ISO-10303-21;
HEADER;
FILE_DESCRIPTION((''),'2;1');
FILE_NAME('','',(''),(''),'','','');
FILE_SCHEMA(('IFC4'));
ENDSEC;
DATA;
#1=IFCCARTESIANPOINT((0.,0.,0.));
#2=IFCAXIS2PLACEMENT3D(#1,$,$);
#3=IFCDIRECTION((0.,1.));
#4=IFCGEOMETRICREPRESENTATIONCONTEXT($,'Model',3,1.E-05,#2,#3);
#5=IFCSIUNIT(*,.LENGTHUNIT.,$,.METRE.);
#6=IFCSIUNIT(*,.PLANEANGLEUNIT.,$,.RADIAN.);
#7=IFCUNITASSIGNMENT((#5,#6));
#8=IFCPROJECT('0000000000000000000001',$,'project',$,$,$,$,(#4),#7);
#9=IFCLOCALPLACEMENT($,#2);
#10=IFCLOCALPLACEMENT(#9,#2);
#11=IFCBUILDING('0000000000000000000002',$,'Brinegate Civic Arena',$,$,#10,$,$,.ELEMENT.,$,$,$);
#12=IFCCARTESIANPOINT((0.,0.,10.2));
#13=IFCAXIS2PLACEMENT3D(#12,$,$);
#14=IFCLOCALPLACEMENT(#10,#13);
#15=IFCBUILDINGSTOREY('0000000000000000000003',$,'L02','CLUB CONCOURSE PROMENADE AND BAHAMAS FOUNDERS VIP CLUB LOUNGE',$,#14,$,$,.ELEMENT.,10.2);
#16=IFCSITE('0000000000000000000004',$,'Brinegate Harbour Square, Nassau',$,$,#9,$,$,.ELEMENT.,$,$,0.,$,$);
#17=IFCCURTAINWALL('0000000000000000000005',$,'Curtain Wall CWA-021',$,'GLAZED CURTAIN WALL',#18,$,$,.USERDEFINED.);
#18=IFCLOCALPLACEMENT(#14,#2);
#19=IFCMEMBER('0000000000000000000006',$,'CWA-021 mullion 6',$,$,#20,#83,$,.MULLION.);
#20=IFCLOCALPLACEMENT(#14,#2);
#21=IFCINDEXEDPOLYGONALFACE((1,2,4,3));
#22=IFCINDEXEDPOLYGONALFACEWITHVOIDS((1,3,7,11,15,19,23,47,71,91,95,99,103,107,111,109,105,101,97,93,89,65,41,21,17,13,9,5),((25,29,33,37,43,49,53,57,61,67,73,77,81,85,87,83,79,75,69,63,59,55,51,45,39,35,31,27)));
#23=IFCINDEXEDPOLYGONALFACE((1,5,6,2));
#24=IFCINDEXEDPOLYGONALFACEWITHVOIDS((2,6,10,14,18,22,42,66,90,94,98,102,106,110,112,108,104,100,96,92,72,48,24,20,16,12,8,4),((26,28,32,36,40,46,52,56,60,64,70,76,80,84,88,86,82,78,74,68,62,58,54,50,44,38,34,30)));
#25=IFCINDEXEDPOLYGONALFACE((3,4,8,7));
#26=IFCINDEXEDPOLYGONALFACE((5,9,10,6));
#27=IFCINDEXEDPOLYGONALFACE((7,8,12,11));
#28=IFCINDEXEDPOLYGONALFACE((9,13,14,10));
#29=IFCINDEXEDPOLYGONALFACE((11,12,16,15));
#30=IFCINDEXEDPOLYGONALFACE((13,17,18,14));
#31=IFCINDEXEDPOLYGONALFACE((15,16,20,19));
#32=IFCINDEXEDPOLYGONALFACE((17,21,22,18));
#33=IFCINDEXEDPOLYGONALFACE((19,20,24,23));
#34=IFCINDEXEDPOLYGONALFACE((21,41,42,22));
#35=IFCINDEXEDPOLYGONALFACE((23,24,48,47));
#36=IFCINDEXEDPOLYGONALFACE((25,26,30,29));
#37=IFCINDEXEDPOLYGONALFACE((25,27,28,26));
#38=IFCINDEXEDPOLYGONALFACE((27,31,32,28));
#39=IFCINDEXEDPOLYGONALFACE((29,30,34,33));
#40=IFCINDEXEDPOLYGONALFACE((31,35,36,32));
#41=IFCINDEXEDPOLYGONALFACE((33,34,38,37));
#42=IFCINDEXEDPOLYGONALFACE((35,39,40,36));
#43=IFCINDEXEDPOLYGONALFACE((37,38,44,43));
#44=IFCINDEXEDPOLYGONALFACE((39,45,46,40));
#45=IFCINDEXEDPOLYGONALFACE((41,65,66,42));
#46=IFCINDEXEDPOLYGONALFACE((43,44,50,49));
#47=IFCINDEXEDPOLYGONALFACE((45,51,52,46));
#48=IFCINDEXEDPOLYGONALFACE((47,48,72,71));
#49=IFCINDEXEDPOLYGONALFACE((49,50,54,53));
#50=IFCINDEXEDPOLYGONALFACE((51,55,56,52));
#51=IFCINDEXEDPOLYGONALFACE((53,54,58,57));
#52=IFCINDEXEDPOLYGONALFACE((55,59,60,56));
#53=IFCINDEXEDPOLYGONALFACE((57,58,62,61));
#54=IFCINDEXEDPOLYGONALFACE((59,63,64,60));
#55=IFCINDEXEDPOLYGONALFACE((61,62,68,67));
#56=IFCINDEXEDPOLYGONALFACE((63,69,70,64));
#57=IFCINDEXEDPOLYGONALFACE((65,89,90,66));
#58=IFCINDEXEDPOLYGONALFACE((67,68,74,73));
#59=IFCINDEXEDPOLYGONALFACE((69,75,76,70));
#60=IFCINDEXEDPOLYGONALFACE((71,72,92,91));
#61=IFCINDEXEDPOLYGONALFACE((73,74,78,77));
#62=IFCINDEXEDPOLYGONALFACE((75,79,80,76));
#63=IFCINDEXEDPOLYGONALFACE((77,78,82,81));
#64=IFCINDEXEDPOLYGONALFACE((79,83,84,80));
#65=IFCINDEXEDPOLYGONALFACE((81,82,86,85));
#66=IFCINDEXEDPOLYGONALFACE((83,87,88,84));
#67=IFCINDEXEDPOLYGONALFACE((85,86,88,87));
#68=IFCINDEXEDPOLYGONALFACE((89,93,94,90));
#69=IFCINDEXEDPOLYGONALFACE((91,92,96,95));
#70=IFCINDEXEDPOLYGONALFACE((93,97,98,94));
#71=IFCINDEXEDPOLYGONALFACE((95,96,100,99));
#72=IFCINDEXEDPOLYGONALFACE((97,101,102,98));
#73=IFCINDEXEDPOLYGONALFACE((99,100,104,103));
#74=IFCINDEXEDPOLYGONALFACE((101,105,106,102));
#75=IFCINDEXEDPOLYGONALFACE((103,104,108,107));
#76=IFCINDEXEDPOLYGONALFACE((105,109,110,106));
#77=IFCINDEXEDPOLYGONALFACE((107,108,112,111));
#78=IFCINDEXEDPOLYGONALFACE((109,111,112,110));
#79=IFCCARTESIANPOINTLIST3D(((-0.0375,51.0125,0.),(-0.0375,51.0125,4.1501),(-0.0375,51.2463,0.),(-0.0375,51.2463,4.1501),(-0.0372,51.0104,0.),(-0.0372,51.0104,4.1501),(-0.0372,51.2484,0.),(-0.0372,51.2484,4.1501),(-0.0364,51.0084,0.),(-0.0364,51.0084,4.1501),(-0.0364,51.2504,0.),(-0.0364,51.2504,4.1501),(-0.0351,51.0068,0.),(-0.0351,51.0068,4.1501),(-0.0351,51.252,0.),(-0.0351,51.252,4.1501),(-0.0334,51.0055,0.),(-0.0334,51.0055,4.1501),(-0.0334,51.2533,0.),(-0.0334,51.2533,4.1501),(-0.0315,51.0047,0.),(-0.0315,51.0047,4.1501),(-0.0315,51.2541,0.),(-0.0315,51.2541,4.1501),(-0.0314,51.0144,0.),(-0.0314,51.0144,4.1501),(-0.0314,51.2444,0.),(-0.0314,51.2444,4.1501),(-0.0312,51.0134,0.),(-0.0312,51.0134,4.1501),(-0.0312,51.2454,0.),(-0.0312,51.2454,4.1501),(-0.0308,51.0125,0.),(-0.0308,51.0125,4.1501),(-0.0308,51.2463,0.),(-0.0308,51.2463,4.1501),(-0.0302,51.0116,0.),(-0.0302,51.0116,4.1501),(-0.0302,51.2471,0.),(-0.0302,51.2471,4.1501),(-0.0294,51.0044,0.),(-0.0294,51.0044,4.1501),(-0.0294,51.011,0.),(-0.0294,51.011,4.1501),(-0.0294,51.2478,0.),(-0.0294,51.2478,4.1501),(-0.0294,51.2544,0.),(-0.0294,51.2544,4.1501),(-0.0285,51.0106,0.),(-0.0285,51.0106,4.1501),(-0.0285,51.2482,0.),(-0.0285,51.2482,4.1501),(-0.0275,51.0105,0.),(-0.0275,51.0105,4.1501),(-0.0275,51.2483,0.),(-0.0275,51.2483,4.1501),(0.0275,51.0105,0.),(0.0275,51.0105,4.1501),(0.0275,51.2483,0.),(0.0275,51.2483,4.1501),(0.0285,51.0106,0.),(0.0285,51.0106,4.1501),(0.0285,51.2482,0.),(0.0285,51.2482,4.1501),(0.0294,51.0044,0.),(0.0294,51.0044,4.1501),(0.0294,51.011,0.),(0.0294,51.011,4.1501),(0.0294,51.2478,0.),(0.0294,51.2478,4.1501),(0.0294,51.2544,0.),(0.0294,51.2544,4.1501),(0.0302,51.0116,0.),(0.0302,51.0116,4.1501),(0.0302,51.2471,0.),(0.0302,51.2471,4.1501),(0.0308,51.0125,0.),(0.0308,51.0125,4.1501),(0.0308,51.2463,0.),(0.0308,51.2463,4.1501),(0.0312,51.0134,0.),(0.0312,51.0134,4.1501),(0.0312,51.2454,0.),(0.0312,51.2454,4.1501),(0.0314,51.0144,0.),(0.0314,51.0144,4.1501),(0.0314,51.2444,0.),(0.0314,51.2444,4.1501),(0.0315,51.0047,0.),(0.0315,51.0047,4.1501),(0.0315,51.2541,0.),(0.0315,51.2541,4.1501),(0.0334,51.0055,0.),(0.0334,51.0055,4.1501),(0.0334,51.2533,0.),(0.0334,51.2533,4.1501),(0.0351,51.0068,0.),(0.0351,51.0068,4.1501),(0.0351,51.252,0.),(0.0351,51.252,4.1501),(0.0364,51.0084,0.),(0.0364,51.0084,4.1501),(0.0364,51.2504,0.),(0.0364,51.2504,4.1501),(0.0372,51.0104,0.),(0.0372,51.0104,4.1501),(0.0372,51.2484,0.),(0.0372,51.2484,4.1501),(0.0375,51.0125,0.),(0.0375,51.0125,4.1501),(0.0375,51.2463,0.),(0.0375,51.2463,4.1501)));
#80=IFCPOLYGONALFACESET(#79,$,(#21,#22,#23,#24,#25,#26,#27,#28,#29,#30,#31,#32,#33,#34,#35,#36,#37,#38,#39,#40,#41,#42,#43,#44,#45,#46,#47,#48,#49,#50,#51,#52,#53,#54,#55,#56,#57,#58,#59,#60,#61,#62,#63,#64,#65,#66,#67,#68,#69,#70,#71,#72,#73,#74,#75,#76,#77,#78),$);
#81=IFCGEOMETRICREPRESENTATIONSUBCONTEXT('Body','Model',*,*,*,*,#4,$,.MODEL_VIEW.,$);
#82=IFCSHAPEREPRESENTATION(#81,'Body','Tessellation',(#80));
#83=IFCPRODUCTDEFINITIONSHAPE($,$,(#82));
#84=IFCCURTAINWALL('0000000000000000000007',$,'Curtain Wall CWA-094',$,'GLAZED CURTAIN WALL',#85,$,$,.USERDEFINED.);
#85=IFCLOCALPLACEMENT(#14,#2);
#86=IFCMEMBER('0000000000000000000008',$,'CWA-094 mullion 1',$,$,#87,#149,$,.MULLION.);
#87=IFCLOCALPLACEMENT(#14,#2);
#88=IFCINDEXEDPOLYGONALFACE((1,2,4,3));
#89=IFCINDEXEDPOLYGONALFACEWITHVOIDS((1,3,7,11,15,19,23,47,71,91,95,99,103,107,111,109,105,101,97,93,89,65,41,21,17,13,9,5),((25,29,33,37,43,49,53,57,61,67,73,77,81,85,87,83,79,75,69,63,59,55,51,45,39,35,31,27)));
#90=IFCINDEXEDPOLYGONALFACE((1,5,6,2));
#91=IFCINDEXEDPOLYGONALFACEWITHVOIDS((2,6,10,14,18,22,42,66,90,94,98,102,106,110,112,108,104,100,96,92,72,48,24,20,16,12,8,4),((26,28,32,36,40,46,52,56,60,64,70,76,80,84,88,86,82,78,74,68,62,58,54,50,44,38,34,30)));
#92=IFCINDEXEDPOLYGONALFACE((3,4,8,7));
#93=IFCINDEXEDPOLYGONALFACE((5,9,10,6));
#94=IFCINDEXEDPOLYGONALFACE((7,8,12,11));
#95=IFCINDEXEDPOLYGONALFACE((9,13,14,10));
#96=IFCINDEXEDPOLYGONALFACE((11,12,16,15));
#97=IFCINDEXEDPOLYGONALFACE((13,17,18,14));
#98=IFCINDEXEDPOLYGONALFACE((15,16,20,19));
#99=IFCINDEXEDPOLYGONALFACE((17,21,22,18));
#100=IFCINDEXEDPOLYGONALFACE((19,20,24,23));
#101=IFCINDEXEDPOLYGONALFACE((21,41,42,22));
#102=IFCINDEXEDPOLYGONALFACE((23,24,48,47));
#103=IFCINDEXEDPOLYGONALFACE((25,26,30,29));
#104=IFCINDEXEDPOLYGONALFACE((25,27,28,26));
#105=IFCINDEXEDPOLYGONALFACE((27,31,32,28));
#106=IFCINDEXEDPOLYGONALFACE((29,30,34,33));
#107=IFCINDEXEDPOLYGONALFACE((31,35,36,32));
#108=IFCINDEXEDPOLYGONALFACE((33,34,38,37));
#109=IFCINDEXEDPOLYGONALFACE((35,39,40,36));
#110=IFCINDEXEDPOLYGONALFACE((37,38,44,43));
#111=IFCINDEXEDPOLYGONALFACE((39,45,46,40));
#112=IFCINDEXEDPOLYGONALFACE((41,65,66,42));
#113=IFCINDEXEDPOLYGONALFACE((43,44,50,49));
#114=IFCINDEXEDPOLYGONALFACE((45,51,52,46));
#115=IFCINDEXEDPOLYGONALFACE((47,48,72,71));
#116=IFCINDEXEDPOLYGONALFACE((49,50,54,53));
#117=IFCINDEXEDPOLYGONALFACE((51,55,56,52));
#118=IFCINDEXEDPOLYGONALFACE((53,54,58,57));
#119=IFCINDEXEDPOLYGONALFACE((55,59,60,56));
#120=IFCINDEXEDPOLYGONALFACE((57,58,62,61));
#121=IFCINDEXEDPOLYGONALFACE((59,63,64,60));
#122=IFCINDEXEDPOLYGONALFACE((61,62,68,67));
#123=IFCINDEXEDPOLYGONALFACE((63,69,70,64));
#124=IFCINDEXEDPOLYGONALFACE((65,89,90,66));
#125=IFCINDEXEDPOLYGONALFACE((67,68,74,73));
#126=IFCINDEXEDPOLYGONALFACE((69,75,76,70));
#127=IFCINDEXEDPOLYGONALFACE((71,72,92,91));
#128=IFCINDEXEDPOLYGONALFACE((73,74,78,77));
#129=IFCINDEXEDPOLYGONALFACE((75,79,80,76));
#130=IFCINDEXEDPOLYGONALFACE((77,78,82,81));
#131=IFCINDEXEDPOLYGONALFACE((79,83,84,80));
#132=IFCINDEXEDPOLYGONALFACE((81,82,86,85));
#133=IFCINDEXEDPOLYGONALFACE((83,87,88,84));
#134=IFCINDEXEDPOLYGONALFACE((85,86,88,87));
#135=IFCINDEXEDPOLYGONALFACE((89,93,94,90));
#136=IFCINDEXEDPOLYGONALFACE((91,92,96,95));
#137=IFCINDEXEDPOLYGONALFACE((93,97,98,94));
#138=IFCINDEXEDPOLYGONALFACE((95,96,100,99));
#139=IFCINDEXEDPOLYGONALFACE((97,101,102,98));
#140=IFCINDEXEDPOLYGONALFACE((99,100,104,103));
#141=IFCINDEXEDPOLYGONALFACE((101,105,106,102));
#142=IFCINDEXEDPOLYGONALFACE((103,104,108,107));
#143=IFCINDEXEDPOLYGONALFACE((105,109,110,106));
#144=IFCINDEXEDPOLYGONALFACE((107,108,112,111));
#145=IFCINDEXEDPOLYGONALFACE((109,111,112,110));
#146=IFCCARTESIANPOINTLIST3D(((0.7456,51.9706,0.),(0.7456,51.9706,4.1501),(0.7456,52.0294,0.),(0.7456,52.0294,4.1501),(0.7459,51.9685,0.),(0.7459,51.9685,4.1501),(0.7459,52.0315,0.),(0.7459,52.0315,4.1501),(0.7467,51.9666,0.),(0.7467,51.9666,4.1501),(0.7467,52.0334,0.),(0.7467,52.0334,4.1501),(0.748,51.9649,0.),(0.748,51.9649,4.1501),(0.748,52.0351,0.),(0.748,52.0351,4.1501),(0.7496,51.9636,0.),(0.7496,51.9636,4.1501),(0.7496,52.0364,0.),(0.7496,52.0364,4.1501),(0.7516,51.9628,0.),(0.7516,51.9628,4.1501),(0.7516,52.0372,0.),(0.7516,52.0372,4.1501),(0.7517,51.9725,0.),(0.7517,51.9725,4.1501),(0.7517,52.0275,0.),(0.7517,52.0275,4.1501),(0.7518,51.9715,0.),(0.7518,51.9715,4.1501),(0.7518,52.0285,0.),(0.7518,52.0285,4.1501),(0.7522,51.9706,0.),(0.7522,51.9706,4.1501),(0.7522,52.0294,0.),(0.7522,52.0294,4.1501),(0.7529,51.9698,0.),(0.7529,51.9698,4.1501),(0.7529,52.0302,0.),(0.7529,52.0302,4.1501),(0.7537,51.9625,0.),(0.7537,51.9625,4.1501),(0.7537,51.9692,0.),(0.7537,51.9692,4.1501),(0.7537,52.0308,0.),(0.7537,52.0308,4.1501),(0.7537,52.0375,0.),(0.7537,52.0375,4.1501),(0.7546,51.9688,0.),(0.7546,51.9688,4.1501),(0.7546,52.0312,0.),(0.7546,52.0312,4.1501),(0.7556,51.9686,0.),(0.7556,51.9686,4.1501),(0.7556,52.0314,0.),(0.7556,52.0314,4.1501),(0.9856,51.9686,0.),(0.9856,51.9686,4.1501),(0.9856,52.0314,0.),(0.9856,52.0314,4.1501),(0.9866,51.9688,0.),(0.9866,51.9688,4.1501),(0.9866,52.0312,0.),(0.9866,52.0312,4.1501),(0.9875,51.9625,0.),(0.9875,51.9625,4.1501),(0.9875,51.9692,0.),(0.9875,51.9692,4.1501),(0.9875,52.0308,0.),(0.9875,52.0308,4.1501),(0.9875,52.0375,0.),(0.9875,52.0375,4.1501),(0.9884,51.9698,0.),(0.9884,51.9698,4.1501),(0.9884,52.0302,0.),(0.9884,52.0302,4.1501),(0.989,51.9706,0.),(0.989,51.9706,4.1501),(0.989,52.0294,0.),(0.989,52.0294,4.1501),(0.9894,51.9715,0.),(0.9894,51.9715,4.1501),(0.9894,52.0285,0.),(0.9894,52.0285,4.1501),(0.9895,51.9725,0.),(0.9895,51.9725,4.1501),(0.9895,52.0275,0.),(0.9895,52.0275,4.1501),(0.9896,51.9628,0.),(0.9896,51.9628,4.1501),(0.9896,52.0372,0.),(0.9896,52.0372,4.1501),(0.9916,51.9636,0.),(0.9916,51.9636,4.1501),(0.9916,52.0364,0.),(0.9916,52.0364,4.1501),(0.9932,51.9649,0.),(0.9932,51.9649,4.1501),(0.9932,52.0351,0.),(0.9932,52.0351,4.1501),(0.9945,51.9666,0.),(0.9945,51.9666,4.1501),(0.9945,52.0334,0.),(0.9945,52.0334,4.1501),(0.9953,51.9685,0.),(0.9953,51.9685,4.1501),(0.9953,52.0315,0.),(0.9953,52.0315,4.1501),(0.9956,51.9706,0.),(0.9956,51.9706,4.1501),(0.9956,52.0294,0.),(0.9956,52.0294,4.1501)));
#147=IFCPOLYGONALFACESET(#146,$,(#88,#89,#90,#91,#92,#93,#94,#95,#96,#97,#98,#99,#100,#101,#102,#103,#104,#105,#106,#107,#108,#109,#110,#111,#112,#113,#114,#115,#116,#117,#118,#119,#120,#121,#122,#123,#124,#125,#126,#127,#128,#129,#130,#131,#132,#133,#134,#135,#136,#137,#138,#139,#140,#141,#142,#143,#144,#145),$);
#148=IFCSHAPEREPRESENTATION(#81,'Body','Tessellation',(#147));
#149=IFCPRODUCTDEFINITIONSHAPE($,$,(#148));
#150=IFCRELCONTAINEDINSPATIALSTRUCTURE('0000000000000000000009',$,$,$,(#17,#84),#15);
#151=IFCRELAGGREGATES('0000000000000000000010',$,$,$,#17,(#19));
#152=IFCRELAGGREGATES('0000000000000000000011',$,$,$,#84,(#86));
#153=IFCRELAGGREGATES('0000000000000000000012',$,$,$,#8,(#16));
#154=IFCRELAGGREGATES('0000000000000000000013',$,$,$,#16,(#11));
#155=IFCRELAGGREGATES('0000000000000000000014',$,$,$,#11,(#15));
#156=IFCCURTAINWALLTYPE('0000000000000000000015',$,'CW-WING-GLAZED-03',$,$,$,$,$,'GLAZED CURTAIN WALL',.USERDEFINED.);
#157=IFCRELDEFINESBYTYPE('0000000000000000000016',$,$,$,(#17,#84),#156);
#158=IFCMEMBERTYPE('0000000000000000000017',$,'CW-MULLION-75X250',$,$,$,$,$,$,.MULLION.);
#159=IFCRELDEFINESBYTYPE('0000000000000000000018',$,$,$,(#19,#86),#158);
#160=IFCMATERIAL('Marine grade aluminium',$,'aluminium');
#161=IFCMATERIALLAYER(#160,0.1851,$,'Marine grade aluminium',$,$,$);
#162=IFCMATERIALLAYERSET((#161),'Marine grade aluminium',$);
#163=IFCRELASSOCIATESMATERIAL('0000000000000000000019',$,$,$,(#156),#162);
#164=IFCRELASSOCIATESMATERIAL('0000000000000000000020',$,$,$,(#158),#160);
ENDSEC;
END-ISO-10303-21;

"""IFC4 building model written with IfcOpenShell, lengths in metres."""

from ifc_helpers import new_model, si_unit, direction, frame, origin, origin_2d, place, context, subcontext, project, spatial, hollow_rectangle, extrude, material, layer, layer_set, material_profile, profile_set, type_object, element, aggregate, save


model = new_model("IFC4")

# Units and contexts
model_context = context("Model", 3, precision=1e-05, world=origin(), true_north=direction((0.0, 1.0)))
body_context = subcontext(model_context, "Body", "Model", "MODEL_VIEW")
ifc_project = project(units=[si_unit("LENGTHUNIT", "METRE"), si_unit("PLANEANGLEUNIT", "RADIAN")], contexts=[model_context])

# Site, building, storey
site_placement = place(None, origin())
site = spatial("IfcSite", under=ifc_project, at=site_placement, Name="Brinegate Harbour Square, Nassau", CompositionType="ELEMENT", RefElevation=0.0)
building_placement = place(site_placement, origin())
building = spatial("IfcBuilding", under=site, at=building_placement, Name="Brinegate Civic Arena", CompositionType="ELEMENT")
storey_placement = place(building_placement, frame((0.0, 0.0, 10.2)))
storey = spatial("IfcBuildingStorey", under=building, at=storey_placement, Name="L02", Description="CLUB CONCOURSE PROMENADE AND BAHAMAS FOUNDERS VIP CLUB LOUNGE", CompositionType="ELEMENT", Elevation=10.2)

# Curtain walls, members
ifc_material_1 = material(Name="Marine grade aluminium", Category="aluminium")
ifc_layer_1 = layer(ifc_material_1, 0.1851, Name="Marine grade aluminium")
ifc_layer_set_1 = layer_set([ifc_layer_1], Name="Marine grade aluminium")
curtain_wall_type = type_object("IfcCurtainWallType", Name="CW-WING-GLAZED-03", ElementType="GLAZED CURTAIN WALL", PredefinedType="USERDEFINED", material=ifc_layer_set_1)
curtain_wall_1_placement = place(storey_placement, origin())
curtain_wall_1 = element("IfcCurtainWall", 1, at=curtain_wall_1_placement, inside=storey, type_object=curtain_wall_type, Name="Curtain Wall CWA-021", ObjectType="GLAZED CURTAIN WALL", PredefinedType="USERDEFINED")
ifc_material_profile_1 = material_profile(ifc_material_1, hollow_rectangle(XDim=0.075, YDim=0.25, WallThickness=0.0061, InnerFilletRadius=0.0039, OuterFilletRadius=0.0081, at=origin_2d()), Name="MUL75X250")
ifc_profile_set_1 = profile_set([ifc_material_profile_1], Name="Marine grade aluminium")
member_type_1 = type_object("IfcMemberType", Name="CW-MULLION-75X250", PredefinedType="MULLION", material=ifc_profile_set_1)
member_1_placement = place(storey_placement, frame((0.0, 51.1294, 0.0), z_axis=(0.0, 0.0, 1.0), x_axis=(-1.0, 0.0, 0.0)))
member_1 = element("IfcMember", 2, at=member_1_placement, type_object=member_type_1, Name="CWA-021 mullion 6", PredefinedType="MULLION", context=body_context, shape_type="SweptSolid", body=[
    extrude(hollow_rectangle(XDim=0.075, YDim=0.25, WallThickness=0.0061, InnerFilletRadius=0.0039, OuterFilletRadius=0.0081, at=origin_2d()), origin(), (0.0, 0.0, 1.0), 4.1501),
])
curtain_wall_2_placement = place(storey_placement, origin())
curtain_wall_2 = element("IfcCurtainWall", 3, at=curtain_wall_2_placement, inside=storey, type_object=curtain_wall_type, Name="Curtain Wall CWA-094", ObjectType="GLAZED CURTAIN WALL", PredefinedType="USERDEFINED")
member_2_placement = place(storey_placement, frame((0.8706, 52.0, 0.0), z_axis=(0.0, 0.0, 1.0), x_axis=(0.0, 1.0, 0.0)))
member_2 = element("IfcMember", 4, at=member_2_placement, type_object=member_type_1, Name="CWA-094 mullion 1", PredefinedType="MULLION", context=body_context, shape_type="SweptSolid", body=[
    extrude(hollow_rectangle(XDim=0.075, YDim=0.25, WallThickness=0.0061, InnerFilletRadius=0.0039, OuterFilletRadius=0.0081, at=origin_2d()), origin(), (0.0, 0.0, 1.0), 4.1501),
])

aggregate(curtain_wall_1, [member_1])
aggregate(curtain_wall_2, [member_2])

save(model, "model.ifc")
